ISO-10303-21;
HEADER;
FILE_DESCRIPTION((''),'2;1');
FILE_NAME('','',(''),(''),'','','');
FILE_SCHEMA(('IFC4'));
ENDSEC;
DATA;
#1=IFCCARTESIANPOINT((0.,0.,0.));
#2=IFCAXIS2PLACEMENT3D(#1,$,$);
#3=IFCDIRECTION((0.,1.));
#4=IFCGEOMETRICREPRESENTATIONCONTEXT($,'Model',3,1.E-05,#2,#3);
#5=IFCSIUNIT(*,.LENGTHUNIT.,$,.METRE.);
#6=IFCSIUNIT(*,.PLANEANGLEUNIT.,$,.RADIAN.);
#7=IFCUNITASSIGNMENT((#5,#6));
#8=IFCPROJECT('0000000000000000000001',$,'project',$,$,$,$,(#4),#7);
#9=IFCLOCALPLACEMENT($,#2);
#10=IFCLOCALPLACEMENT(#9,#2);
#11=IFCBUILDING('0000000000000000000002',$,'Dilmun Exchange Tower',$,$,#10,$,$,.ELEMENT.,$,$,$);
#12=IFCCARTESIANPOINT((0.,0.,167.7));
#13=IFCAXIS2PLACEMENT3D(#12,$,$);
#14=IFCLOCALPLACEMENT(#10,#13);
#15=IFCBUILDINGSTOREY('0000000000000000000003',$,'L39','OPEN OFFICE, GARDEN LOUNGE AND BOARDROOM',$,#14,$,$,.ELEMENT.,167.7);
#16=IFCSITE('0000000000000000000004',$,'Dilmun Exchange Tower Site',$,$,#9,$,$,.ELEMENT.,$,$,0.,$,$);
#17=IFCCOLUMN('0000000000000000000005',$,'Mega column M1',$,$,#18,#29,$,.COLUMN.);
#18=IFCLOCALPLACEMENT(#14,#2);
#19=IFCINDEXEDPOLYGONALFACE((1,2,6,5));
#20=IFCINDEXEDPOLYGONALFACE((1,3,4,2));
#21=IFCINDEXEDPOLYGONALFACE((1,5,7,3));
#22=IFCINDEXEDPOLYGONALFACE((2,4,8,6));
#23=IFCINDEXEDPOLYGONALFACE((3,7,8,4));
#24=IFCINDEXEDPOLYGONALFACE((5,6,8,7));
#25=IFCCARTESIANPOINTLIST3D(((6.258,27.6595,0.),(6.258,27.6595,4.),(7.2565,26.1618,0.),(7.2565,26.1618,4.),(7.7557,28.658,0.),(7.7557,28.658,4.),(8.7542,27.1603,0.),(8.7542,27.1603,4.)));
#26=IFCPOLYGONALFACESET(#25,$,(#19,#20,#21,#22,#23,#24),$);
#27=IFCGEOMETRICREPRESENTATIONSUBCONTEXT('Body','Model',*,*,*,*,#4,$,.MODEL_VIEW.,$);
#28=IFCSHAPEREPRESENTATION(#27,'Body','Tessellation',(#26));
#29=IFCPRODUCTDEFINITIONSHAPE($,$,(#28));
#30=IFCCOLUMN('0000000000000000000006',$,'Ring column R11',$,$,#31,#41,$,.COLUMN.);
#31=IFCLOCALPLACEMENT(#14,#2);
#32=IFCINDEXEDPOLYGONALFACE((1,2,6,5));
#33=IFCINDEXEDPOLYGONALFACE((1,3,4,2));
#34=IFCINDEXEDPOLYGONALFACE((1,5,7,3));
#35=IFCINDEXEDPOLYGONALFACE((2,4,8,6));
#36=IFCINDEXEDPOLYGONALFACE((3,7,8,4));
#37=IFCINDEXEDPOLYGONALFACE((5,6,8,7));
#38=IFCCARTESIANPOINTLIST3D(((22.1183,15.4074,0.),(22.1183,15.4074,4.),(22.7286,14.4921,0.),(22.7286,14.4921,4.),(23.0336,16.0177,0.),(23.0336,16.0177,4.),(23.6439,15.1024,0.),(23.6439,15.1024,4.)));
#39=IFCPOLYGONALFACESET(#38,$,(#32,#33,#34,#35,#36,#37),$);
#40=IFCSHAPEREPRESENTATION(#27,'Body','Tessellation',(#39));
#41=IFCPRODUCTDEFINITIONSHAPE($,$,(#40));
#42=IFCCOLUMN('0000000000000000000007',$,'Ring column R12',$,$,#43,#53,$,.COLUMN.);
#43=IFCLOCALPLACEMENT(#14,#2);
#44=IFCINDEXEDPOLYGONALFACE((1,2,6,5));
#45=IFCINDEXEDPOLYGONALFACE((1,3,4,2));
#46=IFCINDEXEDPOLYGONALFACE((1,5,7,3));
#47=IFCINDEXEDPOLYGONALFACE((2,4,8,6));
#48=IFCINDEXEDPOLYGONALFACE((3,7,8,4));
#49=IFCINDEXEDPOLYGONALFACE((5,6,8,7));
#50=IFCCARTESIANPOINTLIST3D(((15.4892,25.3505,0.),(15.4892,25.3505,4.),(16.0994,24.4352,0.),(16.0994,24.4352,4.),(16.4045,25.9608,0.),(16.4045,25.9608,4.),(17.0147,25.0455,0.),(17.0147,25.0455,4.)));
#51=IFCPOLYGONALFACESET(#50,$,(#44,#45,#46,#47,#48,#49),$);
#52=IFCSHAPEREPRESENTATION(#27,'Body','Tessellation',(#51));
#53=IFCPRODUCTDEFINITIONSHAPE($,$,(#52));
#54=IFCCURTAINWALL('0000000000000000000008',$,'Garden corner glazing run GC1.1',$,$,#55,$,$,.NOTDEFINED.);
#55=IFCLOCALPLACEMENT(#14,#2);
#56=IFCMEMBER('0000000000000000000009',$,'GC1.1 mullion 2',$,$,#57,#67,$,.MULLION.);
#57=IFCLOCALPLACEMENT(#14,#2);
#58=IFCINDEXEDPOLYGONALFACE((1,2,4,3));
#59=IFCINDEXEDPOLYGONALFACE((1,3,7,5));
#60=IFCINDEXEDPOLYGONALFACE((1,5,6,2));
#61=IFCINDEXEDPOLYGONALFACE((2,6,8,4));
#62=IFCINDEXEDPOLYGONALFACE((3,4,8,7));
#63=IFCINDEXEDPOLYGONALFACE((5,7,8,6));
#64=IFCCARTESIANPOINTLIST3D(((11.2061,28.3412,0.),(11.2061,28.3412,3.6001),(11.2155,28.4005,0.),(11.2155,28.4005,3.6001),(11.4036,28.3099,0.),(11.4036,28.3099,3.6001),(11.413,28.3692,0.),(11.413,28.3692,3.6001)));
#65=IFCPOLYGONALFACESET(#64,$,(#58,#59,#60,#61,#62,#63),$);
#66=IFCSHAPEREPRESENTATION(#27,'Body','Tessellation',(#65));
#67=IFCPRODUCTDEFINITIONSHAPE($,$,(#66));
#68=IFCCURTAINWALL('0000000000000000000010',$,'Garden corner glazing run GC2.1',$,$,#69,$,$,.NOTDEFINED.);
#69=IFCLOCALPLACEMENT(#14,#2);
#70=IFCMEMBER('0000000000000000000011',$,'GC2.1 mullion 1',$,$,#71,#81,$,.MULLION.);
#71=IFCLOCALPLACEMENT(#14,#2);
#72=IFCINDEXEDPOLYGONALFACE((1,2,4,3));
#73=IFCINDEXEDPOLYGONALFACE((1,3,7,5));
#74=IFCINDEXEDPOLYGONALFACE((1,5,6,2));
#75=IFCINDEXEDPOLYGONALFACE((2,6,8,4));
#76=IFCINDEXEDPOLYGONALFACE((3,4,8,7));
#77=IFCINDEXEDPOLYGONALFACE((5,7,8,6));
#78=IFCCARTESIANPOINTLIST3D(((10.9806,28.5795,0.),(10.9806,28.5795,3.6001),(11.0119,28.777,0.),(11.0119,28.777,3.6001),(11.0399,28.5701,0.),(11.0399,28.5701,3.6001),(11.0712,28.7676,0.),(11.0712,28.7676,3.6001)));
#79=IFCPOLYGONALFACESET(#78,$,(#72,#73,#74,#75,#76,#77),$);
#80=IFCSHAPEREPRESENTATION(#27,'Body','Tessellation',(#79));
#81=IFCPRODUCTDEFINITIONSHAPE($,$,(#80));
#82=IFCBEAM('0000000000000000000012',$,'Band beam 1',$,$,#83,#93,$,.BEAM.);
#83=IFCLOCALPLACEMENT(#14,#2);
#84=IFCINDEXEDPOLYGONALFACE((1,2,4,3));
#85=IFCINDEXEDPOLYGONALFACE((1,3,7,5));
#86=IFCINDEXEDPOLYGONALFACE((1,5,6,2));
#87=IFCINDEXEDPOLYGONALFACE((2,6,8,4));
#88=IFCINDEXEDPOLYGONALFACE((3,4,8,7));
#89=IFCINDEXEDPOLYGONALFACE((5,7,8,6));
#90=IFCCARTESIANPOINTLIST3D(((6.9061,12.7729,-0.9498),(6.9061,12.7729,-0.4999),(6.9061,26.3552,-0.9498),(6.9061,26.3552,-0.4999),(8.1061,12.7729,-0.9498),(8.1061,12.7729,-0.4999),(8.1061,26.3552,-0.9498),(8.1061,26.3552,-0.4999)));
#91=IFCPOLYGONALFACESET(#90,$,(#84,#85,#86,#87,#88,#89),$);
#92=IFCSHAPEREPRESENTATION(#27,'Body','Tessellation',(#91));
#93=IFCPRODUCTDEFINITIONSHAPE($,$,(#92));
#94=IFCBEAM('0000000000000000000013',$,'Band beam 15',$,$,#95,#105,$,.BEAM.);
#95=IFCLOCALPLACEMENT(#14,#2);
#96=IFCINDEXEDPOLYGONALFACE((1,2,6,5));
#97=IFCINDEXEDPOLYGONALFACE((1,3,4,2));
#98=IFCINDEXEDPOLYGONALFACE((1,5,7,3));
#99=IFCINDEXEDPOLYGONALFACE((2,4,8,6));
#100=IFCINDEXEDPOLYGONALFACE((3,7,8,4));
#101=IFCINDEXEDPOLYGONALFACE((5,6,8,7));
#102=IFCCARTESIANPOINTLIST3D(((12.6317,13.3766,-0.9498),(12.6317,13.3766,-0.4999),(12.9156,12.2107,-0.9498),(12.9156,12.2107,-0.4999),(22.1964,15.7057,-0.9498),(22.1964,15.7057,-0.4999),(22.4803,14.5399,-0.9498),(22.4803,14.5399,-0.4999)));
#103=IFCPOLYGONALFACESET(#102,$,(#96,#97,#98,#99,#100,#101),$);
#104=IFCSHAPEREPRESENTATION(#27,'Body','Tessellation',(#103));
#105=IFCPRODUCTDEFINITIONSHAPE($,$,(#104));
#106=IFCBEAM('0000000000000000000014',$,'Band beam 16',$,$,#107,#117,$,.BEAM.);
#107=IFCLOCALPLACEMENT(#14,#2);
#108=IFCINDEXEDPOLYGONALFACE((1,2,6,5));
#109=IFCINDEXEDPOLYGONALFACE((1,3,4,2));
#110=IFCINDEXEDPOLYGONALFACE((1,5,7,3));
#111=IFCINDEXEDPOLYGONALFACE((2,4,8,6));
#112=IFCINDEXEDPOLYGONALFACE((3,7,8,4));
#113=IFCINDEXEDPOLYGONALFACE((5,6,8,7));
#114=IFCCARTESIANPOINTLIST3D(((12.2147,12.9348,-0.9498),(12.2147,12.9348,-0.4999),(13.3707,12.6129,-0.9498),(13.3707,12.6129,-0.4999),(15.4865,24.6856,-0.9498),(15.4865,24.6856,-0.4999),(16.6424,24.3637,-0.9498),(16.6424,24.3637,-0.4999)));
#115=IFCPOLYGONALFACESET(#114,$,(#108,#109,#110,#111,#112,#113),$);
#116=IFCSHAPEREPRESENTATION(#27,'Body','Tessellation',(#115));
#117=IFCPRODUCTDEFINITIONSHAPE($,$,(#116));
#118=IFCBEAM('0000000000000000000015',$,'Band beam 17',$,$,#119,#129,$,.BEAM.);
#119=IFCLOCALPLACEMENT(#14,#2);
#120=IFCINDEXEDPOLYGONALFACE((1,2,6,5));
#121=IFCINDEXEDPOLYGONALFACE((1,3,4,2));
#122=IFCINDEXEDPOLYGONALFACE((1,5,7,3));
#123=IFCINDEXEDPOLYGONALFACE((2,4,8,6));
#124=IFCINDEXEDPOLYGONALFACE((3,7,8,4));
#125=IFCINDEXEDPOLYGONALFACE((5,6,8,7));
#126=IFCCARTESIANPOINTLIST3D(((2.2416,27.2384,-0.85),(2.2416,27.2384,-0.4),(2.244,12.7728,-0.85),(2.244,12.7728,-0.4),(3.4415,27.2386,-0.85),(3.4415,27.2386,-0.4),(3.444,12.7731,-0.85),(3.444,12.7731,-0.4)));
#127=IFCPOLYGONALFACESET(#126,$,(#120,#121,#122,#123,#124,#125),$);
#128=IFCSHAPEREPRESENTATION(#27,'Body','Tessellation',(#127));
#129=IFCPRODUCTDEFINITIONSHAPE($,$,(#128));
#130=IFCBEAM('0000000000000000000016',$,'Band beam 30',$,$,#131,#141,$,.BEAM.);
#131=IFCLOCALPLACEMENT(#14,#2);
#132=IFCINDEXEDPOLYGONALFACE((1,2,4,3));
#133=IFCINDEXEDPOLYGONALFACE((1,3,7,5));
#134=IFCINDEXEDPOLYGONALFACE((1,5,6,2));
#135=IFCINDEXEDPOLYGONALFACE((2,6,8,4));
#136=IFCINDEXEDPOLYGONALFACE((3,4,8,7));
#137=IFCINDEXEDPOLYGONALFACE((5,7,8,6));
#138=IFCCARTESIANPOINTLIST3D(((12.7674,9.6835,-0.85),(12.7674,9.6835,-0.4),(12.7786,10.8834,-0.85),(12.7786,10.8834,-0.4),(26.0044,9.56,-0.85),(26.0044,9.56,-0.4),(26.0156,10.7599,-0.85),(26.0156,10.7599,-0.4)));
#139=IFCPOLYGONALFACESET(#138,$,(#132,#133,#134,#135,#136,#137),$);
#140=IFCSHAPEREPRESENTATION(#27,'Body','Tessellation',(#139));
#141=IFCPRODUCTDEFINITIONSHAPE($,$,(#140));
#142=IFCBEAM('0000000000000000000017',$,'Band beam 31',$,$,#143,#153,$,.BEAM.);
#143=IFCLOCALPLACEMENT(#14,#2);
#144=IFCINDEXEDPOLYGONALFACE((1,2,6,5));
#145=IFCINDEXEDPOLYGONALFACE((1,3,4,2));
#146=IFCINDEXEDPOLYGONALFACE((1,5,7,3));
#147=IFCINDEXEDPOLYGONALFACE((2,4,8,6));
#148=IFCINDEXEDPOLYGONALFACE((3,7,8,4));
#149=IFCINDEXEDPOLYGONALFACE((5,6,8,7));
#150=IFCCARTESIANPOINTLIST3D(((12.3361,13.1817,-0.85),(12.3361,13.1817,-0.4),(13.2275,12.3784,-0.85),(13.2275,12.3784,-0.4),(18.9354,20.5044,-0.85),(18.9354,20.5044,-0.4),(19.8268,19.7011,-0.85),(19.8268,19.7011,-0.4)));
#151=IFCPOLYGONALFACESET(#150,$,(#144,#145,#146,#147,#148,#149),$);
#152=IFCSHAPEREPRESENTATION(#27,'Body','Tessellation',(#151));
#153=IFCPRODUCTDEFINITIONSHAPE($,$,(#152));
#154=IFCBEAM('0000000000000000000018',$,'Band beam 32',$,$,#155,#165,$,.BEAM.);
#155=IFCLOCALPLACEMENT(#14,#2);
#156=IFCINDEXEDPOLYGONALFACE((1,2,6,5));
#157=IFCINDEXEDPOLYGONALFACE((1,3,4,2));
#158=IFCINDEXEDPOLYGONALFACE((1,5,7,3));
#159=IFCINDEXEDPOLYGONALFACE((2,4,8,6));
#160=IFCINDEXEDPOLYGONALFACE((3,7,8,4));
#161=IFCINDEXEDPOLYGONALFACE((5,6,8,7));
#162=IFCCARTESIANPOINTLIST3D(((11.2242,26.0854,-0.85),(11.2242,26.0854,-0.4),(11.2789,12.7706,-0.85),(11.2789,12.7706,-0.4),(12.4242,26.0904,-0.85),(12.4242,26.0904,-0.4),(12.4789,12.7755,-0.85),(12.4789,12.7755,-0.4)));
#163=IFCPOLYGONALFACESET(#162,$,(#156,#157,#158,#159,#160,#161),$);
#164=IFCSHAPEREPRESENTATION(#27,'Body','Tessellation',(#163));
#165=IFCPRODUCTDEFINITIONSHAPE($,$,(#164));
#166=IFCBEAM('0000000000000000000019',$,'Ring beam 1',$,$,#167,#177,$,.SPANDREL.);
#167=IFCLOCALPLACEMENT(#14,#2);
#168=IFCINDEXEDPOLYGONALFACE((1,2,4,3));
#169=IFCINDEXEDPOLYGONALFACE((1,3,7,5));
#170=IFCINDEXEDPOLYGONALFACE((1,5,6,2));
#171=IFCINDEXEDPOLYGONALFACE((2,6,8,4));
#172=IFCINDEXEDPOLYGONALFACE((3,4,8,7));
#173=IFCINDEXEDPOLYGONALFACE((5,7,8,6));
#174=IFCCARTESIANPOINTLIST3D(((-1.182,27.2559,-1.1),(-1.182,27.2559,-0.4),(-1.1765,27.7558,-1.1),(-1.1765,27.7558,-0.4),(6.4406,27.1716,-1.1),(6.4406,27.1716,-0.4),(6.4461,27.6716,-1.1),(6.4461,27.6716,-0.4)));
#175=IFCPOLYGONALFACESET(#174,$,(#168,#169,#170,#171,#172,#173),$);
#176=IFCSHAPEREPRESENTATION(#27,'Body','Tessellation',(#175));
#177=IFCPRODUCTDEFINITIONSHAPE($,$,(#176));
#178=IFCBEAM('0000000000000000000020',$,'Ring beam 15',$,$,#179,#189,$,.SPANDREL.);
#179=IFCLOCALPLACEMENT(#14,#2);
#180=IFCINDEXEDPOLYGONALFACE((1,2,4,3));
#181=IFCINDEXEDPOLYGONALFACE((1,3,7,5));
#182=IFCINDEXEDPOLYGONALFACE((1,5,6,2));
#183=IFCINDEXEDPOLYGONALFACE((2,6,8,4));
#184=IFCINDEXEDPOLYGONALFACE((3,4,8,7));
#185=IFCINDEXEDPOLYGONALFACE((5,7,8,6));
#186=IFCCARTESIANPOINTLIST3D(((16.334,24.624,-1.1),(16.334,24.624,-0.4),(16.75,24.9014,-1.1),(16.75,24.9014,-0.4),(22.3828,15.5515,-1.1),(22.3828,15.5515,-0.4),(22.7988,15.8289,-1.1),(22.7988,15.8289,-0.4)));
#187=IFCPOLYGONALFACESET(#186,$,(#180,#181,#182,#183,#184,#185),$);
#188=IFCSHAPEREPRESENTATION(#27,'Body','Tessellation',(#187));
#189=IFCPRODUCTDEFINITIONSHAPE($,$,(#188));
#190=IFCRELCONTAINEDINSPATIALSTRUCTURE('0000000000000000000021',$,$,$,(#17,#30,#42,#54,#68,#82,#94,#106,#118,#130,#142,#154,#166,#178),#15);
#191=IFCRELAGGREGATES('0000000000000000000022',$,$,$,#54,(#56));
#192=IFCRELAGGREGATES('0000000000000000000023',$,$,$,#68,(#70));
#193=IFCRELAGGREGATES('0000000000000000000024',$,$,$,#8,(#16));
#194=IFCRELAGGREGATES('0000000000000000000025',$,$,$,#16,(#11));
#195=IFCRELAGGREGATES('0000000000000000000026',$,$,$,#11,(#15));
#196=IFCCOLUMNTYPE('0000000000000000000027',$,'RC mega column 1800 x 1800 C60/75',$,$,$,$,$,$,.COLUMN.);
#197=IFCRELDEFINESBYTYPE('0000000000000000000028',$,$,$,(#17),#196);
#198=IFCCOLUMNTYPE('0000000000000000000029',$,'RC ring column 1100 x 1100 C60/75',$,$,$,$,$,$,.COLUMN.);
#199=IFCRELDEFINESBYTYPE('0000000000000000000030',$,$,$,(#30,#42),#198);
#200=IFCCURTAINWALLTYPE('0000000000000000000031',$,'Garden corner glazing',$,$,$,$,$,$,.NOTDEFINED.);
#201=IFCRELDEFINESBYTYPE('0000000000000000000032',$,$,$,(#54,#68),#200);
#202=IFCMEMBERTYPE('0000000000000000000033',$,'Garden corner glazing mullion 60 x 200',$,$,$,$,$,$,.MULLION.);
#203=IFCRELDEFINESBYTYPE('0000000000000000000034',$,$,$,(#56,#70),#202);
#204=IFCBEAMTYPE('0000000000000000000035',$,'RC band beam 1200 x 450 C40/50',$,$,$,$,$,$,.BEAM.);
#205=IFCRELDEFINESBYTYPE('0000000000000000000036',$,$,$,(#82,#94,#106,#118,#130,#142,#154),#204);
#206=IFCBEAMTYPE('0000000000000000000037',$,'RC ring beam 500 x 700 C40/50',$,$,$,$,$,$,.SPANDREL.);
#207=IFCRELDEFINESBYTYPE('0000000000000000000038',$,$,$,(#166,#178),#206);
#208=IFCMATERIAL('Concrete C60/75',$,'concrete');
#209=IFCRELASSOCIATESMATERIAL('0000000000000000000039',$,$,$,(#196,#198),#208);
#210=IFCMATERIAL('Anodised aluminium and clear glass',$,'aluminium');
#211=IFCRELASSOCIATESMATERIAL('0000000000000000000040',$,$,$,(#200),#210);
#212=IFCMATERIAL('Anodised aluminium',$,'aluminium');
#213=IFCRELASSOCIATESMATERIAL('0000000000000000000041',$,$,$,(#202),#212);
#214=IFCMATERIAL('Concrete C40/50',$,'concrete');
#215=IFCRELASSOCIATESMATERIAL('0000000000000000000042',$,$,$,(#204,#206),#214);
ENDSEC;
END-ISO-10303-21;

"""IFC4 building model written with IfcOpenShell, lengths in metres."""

from ifc_helpers import new_model, si_unit, direction, frame, origin, origin_2d, place, context, subcontext, project, spatial, rectangle, extrude, material, material_profile, profile_set, type_object, element, aggregate, save


model = new_model("IFC4")

# Units and contexts
model_context = context("Model", 3, precision=1e-05, world=origin(), true_north=direction((0.0, 1.0)))
body_context = subcontext(model_context, "Body", "Model", "MODEL_VIEW")
ifc_project = project(units=[si_unit("LENGTHUNIT", "METRE"), si_unit("PLANEANGLEUNIT", "RADIAN")], contexts=[model_context])

# Site, building, storey
site_placement = place(None, origin())
site = spatial("IfcSite", under=ifc_project, at=site_placement, Name="Dilmun Exchange Tower Site", CompositionType="ELEMENT", RefElevation=0.0)
building_placement = place(site_placement, origin())
building = spatial("IfcBuilding", under=site, at=building_placement, Name="Dilmun Exchange Tower", CompositionType="ELEMENT")
storey_placement = place(building_placement, frame((0.0, 0.0, 167.7)))
storey = spatial("IfcBuildingStorey", under=building, at=storey_placement, Name="L39", Description="OPEN OFFICE, GARDEN LOUNGE AND BOARDROOM", CompositionType="ELEMENT", Elevation=167.7)

# Columns
ifc_material_1 = material(Name="Concrete C60/75", Category="concrete")
ifc_material_profile_1 = material_profile(ifc_material_1, rectangle(XDim=1.8, YDim=1.8, at=origin_2d()), Name="1800 x 1800")
ifc_profile_set_1 = profile_set([ifc_material_profile_1], Name="Concrete C60/75")
column_type_1 = type_object("IfcColumnType", Name="RC mega column 1800 x 1800 C60/75", PredefinedType="COLUMN", material=ifc_profile_set_1)
column_placement = place(storey_placement, frame((7.5061, 27.4099, 0.0), z_axis=(0.0, 0.0, 1.0), x_axis=(0.832029, 0.554733, 0.0)))
element("IfcColumn", 1, at=column_placement, inside=storey, type_object=column_type_1, Name="Mega column M1", PredefinedType="COLUMN", context=body_context, shape_type="SweptSolid", body=[
    extrude(rectangle(XDim=1.8, YDim=1.8, at=origin_2d()), origin(), (0.0, 0.0, 1.0), 4.0),
])
ifc_material_profile_2 = material_profile(ifc_material_1, rectangle(XDim=1.1001, YDim=1.1001, at=origin_2d()), Name="1100 x 1100")
ifc_profile_set_2 = profile_set([ifc_material_profile_2], Name="Concrete C60/75")
column_type_2 = type_object("IfcColumnType", Name="RC ring column 1100 x 1100 C60/75", PredefinedType="COLUMN", material=ifc_profile_set_2)
for number, where, z_axis, x_axis, name in (
    (2, (22.8811, 15.2549, 0.0), (0.0, 0.0, 1.0), (0.832029, 0.554733, 0.0), "Ring column R11"),
    (3, (16.252, 25.198, 0.0), (0.0, 0.0, 1.0), (0.832029, 0.554733, 0.0), "Ring column R12"),
):
    element("IfcColumn", number, at=place(storey_placement, frame(where, z_axis=z_axis, x_axis=x_axis)), inside=storey, type_object=column_type_2, Name=name, PredefinedType="COLUMN", context=body_context, shape_type="SweptSolid", body=[
        extrude(rectangle(XDim=1.1001, YDim=1.1001, at=origin_2d()), origin(), (0.0, 0.0, 1.0), 4.0),
    ])

# Curtain walls, members
ifc_material_2 = material(Name="Anodised aluminium and clear glass", Category="aluminium")
curtain_wall_type = type_object("IfcCurtainWallType", Name="Garden corner glazing", PredefinedType="NOTDEFINED", material=ifc_material_2)
curtain_wall_1_placement = place(storey_placement, origin())
curtain_wall_1 = element("IfcCurtainWall", 4, at=curtain_wall_1_placement, inside=storey, type_object=curtain_wall_type, Name="Garden corner glazing run GC1.1", PredefinedType="NOTDEFINED")
ifc_material_3 = material(Name="Anodised aluminium", Category="aluminium")
ifc_material_profile_3 = material_profile(ifc_material_3, rectangle(XDim=0.2, YDim=0.0601, at=origin_2d()), Name="AL 60x200")
ifc_profile_set_3 = profile_set([ifc_material_profile_3], Name="Anodised aluminium")
member_type = type_object("IfcMemberType", Name="Garden corner glazing mullion 60 x 200", PredefinedType="MULLION", material=ifc_profile_set_3)
member_1_placement = place(storey_placement, frame((11.3096, 28.3552, 0.0), z_axis=(0.0, 0.0, 1.0), x_axis=(0.987688, -0.156439, 0.0)))
member_1 = element("IfcMember", 5, at=member_1_placement, type_object=member_type, Name="GC1.1 mullion 2", PredefinedType="MULLION", context=body_context, shape_type="SweptSolid", body=[
    extrude(rectangle(XDim=0.2, YDim=0.0601, at=origin_2d()), origin(), (0.0, 0.0, 1.0), 3.6001),
])
aggregate(curtain_wall_1, [member_1])
curtain_wall_2_placement = place(storey_placement, origin())
curtain_wall_2 = element("IfcCurtainWall", 6, at=curtain_wall_2_placement, inside=storey, type_object=curtain_wall_type, Name="Garden corner glazing run GC2.1", PredefinedType="NOTDEFINED")
member_2_placement = place(storey_placement, frame((11.0259, 28.6736, 0.0), z_axis=(0.0, 0.0, 1.0), x_axis=(-0.156421, -0.98769, 0.0)))
member_2 = element("IfcMember", 7, at=member_2_placement, type_object=member_type, Name="GC2.1 mullion 1", PredefinedType="MULLION", context=body_context, shape_type="SweptSolid", body=[
    extrude(rectangle(XDim=0.2, YDim=0.0601, at=origin_2d()), origin(), (0.0, 0.0, 1.0), 3.6001),
])
aggregate(curtain_wall_2, [member_2])

# Beams
ifc_material_4 = material(Name="Concrete C40/50", Category="concrete")
ifc_material_profile_4 = material_profile(ifc_material_4, rectangle(XDim=1.2, YDim=0.45, at=origin_2d()), Name="1200 x 450")
ifc_profile_set_4 = profile_set([ifc_material_profile_4], Name="Concrete C40/50")
beam_type_1 = type_object("IfcBeamType", Name="RC band beam 1200 x 450 C40/50", PredefinedType="BEAM", material=ifc_profile_set_4)
beam_1_placement = place(storey_placement, frame((7.5061, 26.3552, -0.7249), z_axis=(0.0, -1.0, 0.0), x_axis=(1.0, 0.0, 0.0)))
element("IfcBeam", 8, at=beam_1_placement, inside=storey, type_object=beam_type_1, Name="Band beam 1", PredefinedType="BEAM", context=body_context, shape_type="SweptSolid", body=[
    extrude(rectangle(XDim=1.2, YDim=0.45, at=origin_2d()), origin(), (0.0, 0.0, 1.0), 13.5823),
])
beam_2_placement = place(storey_placement, frame((22.3384, 15.1228, -0.7249), z_axis=(-0.971608, -0.236596, 0.0), x_axis=(0.236596, -0.971608, 0.0)))
element("IfcBeam", 9, at=beam_2_placement, inside=storey, type_object=beam_type_1, Name="Band beam 15", PredefinedType="BEAM", context=body_context, shape_type="SweptSolid", body=[
    extrude(rectangle(XDim=1.2, YDim=0.45, at=origin_2d()), origin(), (0.0, 0.0, 1.0), 9.8442),
])
beam_3_placement = place(storey_placement, frame((16.0645, 24.5247, -0.7249), z_axis=(-0.268225, -0.963356, 0.0), x_axis=(0.963356, -0.268225, 0.0)))
element("IfcBeam", 10, at=beam_3_placement, inside=storey, type_object=beam_type_1, Name="Band beam 16", PredefinedType="BEAM", context=body_context, shape_type="SweptSolid", body=[
    extrude(rectangle(XDim=1.2, YDim=0.45, at=origin_2d()), origin(), (0.0, 0.0, 1.0), 12.1978),
])
beam_4_placement = place(storey_placement, frame((2.8416, 27.2385, -0.625), z_axis=(0.000169, -1.0, 0.0), x_axis=(1.0, 0.000169, 0.0)))
element("IfcBeam", 11, at=beam_4_placement, inside=storey, type_object=beam_type_1, Name="Band beam 17", PredefinedType="BEAM", context=body_context, shape_type="SweptSolid", body=[
    extrude(rectangle(XDim=1.2, YDim=0.45, at=origin_2d()), origin(), (0.0, 0.0, 1.0), 14.4656),
])
beam_5_placement = place(storey_placement, frame((26.01, 10.1599, -0.625), z_axis=(-0.999956, 0.009332, 0.0), x_axis=(-0.009332, -0.999956, 0.0)))
element("IfcBeam", 12, at=beam_5_placement, inside=storey, type_object=beam_type_1, Name="Band beam 30", PredefinedType="BEAM", context=body_context, shape_type="SweptSolid", body=[
    extrude(rectangle(XDim=1.2, YDim=0.45, at=origin_2d()), origin(), (0.0, 0.0, 1.0), 13.2375),
])
beam_6_placement = place(storey_placement, frame((19.3811, 20.1028, -0.625), z_axis=(-0.669463, -0.742846, 0.0), x_axis=(0.742846, -0.669463, 0.0)))
element("IfcBeam", 13, at=beam_6_placement, inside=storey, type_object=beam_type_1, Name="Band beam 31", PredefinedType="BEAM", context=body_context, shape_type="SweptSolid", body=[
    extrude(rectangle(XDim=1.2, YDim=0.45, at=origin_2d()), origin(), (0.0, 0.0, 1.0), 9.8577),
])
beam_7_placement = place(storey_placement, frame((11.8242, 26.0879, -0.625), z_axis=(0.004107, -0.999992, 0.0), x_axis=(0.999992, 0.004107, 0.0)))
element("IfcBeam", 14, at=beam_7_placement, inside=storey, type_object=beam_type_1, Name="Band beam 32", PredefinedType="BEAM", context=body_context, shape_type="SweptSolid", body=[
    extrude(rectangle(XDim=1.2, YDim=0.45, at=origin_2d()), origin(), (0.0, 0.0, 1.0), 13.3149),
])
ifc_material_profile_5 = material_profile(ifc_material_4, rectangle(XDim=0.5, YDim=0.7, at=origin_2d()), Name="500 x 700")
ifc_profile_set_5 = profile_set([ifc_material_profile_5], Name="Concrete C40/50")
beam_type_2 = type_object("IfcBeamType", Name="RC ring beam 500 x 700 C40/50", PredefinedType="SPANDREL", material=ifc_profile_set_5)
beam_8_placement = place(storey_placement, frame((6.4434, 27.4216, -0.75), z_axis=(-0.999939, 0.011049, 0.0), x_axis=(-0.011049, -0.999939, 0.0)))
element("IfcBeam", 15, at=beam_8_placement, inside=storey, type_object=beam_type_2, Name="Ring beam 1", PredefinedType="SPANDREL", context=body_context, shape_type="SweptSolid", body=[
    extrude(rectangle(XDim=0.5, YDim=0.7, at=origin_2d()), origin(), (0.0, 0.0, 1.0), 7.623),
])
beam_9_placement = place(storey_placement, frame((22.5908, 15.6902, -0.75), z_axis=(-0.554731, 0.83203, 0.0), x_axis=(-0.83203, -0.554731, 0.0)))
element("IfcBeam", 16, at=beam_9_placement, inside=storey, type_object=beam_type_2, Name="Ring beam 15", PredefinedType="SPANDREL", context=body_context, shape_type="SweptSolid", body=[
    extrude(rectangle(XDim=0.5, YDim=0.7, at=origin_2d()), origin(), (0.0, 0.0, 1.0), 10.9041),
])

save(model, "model.ifc")
